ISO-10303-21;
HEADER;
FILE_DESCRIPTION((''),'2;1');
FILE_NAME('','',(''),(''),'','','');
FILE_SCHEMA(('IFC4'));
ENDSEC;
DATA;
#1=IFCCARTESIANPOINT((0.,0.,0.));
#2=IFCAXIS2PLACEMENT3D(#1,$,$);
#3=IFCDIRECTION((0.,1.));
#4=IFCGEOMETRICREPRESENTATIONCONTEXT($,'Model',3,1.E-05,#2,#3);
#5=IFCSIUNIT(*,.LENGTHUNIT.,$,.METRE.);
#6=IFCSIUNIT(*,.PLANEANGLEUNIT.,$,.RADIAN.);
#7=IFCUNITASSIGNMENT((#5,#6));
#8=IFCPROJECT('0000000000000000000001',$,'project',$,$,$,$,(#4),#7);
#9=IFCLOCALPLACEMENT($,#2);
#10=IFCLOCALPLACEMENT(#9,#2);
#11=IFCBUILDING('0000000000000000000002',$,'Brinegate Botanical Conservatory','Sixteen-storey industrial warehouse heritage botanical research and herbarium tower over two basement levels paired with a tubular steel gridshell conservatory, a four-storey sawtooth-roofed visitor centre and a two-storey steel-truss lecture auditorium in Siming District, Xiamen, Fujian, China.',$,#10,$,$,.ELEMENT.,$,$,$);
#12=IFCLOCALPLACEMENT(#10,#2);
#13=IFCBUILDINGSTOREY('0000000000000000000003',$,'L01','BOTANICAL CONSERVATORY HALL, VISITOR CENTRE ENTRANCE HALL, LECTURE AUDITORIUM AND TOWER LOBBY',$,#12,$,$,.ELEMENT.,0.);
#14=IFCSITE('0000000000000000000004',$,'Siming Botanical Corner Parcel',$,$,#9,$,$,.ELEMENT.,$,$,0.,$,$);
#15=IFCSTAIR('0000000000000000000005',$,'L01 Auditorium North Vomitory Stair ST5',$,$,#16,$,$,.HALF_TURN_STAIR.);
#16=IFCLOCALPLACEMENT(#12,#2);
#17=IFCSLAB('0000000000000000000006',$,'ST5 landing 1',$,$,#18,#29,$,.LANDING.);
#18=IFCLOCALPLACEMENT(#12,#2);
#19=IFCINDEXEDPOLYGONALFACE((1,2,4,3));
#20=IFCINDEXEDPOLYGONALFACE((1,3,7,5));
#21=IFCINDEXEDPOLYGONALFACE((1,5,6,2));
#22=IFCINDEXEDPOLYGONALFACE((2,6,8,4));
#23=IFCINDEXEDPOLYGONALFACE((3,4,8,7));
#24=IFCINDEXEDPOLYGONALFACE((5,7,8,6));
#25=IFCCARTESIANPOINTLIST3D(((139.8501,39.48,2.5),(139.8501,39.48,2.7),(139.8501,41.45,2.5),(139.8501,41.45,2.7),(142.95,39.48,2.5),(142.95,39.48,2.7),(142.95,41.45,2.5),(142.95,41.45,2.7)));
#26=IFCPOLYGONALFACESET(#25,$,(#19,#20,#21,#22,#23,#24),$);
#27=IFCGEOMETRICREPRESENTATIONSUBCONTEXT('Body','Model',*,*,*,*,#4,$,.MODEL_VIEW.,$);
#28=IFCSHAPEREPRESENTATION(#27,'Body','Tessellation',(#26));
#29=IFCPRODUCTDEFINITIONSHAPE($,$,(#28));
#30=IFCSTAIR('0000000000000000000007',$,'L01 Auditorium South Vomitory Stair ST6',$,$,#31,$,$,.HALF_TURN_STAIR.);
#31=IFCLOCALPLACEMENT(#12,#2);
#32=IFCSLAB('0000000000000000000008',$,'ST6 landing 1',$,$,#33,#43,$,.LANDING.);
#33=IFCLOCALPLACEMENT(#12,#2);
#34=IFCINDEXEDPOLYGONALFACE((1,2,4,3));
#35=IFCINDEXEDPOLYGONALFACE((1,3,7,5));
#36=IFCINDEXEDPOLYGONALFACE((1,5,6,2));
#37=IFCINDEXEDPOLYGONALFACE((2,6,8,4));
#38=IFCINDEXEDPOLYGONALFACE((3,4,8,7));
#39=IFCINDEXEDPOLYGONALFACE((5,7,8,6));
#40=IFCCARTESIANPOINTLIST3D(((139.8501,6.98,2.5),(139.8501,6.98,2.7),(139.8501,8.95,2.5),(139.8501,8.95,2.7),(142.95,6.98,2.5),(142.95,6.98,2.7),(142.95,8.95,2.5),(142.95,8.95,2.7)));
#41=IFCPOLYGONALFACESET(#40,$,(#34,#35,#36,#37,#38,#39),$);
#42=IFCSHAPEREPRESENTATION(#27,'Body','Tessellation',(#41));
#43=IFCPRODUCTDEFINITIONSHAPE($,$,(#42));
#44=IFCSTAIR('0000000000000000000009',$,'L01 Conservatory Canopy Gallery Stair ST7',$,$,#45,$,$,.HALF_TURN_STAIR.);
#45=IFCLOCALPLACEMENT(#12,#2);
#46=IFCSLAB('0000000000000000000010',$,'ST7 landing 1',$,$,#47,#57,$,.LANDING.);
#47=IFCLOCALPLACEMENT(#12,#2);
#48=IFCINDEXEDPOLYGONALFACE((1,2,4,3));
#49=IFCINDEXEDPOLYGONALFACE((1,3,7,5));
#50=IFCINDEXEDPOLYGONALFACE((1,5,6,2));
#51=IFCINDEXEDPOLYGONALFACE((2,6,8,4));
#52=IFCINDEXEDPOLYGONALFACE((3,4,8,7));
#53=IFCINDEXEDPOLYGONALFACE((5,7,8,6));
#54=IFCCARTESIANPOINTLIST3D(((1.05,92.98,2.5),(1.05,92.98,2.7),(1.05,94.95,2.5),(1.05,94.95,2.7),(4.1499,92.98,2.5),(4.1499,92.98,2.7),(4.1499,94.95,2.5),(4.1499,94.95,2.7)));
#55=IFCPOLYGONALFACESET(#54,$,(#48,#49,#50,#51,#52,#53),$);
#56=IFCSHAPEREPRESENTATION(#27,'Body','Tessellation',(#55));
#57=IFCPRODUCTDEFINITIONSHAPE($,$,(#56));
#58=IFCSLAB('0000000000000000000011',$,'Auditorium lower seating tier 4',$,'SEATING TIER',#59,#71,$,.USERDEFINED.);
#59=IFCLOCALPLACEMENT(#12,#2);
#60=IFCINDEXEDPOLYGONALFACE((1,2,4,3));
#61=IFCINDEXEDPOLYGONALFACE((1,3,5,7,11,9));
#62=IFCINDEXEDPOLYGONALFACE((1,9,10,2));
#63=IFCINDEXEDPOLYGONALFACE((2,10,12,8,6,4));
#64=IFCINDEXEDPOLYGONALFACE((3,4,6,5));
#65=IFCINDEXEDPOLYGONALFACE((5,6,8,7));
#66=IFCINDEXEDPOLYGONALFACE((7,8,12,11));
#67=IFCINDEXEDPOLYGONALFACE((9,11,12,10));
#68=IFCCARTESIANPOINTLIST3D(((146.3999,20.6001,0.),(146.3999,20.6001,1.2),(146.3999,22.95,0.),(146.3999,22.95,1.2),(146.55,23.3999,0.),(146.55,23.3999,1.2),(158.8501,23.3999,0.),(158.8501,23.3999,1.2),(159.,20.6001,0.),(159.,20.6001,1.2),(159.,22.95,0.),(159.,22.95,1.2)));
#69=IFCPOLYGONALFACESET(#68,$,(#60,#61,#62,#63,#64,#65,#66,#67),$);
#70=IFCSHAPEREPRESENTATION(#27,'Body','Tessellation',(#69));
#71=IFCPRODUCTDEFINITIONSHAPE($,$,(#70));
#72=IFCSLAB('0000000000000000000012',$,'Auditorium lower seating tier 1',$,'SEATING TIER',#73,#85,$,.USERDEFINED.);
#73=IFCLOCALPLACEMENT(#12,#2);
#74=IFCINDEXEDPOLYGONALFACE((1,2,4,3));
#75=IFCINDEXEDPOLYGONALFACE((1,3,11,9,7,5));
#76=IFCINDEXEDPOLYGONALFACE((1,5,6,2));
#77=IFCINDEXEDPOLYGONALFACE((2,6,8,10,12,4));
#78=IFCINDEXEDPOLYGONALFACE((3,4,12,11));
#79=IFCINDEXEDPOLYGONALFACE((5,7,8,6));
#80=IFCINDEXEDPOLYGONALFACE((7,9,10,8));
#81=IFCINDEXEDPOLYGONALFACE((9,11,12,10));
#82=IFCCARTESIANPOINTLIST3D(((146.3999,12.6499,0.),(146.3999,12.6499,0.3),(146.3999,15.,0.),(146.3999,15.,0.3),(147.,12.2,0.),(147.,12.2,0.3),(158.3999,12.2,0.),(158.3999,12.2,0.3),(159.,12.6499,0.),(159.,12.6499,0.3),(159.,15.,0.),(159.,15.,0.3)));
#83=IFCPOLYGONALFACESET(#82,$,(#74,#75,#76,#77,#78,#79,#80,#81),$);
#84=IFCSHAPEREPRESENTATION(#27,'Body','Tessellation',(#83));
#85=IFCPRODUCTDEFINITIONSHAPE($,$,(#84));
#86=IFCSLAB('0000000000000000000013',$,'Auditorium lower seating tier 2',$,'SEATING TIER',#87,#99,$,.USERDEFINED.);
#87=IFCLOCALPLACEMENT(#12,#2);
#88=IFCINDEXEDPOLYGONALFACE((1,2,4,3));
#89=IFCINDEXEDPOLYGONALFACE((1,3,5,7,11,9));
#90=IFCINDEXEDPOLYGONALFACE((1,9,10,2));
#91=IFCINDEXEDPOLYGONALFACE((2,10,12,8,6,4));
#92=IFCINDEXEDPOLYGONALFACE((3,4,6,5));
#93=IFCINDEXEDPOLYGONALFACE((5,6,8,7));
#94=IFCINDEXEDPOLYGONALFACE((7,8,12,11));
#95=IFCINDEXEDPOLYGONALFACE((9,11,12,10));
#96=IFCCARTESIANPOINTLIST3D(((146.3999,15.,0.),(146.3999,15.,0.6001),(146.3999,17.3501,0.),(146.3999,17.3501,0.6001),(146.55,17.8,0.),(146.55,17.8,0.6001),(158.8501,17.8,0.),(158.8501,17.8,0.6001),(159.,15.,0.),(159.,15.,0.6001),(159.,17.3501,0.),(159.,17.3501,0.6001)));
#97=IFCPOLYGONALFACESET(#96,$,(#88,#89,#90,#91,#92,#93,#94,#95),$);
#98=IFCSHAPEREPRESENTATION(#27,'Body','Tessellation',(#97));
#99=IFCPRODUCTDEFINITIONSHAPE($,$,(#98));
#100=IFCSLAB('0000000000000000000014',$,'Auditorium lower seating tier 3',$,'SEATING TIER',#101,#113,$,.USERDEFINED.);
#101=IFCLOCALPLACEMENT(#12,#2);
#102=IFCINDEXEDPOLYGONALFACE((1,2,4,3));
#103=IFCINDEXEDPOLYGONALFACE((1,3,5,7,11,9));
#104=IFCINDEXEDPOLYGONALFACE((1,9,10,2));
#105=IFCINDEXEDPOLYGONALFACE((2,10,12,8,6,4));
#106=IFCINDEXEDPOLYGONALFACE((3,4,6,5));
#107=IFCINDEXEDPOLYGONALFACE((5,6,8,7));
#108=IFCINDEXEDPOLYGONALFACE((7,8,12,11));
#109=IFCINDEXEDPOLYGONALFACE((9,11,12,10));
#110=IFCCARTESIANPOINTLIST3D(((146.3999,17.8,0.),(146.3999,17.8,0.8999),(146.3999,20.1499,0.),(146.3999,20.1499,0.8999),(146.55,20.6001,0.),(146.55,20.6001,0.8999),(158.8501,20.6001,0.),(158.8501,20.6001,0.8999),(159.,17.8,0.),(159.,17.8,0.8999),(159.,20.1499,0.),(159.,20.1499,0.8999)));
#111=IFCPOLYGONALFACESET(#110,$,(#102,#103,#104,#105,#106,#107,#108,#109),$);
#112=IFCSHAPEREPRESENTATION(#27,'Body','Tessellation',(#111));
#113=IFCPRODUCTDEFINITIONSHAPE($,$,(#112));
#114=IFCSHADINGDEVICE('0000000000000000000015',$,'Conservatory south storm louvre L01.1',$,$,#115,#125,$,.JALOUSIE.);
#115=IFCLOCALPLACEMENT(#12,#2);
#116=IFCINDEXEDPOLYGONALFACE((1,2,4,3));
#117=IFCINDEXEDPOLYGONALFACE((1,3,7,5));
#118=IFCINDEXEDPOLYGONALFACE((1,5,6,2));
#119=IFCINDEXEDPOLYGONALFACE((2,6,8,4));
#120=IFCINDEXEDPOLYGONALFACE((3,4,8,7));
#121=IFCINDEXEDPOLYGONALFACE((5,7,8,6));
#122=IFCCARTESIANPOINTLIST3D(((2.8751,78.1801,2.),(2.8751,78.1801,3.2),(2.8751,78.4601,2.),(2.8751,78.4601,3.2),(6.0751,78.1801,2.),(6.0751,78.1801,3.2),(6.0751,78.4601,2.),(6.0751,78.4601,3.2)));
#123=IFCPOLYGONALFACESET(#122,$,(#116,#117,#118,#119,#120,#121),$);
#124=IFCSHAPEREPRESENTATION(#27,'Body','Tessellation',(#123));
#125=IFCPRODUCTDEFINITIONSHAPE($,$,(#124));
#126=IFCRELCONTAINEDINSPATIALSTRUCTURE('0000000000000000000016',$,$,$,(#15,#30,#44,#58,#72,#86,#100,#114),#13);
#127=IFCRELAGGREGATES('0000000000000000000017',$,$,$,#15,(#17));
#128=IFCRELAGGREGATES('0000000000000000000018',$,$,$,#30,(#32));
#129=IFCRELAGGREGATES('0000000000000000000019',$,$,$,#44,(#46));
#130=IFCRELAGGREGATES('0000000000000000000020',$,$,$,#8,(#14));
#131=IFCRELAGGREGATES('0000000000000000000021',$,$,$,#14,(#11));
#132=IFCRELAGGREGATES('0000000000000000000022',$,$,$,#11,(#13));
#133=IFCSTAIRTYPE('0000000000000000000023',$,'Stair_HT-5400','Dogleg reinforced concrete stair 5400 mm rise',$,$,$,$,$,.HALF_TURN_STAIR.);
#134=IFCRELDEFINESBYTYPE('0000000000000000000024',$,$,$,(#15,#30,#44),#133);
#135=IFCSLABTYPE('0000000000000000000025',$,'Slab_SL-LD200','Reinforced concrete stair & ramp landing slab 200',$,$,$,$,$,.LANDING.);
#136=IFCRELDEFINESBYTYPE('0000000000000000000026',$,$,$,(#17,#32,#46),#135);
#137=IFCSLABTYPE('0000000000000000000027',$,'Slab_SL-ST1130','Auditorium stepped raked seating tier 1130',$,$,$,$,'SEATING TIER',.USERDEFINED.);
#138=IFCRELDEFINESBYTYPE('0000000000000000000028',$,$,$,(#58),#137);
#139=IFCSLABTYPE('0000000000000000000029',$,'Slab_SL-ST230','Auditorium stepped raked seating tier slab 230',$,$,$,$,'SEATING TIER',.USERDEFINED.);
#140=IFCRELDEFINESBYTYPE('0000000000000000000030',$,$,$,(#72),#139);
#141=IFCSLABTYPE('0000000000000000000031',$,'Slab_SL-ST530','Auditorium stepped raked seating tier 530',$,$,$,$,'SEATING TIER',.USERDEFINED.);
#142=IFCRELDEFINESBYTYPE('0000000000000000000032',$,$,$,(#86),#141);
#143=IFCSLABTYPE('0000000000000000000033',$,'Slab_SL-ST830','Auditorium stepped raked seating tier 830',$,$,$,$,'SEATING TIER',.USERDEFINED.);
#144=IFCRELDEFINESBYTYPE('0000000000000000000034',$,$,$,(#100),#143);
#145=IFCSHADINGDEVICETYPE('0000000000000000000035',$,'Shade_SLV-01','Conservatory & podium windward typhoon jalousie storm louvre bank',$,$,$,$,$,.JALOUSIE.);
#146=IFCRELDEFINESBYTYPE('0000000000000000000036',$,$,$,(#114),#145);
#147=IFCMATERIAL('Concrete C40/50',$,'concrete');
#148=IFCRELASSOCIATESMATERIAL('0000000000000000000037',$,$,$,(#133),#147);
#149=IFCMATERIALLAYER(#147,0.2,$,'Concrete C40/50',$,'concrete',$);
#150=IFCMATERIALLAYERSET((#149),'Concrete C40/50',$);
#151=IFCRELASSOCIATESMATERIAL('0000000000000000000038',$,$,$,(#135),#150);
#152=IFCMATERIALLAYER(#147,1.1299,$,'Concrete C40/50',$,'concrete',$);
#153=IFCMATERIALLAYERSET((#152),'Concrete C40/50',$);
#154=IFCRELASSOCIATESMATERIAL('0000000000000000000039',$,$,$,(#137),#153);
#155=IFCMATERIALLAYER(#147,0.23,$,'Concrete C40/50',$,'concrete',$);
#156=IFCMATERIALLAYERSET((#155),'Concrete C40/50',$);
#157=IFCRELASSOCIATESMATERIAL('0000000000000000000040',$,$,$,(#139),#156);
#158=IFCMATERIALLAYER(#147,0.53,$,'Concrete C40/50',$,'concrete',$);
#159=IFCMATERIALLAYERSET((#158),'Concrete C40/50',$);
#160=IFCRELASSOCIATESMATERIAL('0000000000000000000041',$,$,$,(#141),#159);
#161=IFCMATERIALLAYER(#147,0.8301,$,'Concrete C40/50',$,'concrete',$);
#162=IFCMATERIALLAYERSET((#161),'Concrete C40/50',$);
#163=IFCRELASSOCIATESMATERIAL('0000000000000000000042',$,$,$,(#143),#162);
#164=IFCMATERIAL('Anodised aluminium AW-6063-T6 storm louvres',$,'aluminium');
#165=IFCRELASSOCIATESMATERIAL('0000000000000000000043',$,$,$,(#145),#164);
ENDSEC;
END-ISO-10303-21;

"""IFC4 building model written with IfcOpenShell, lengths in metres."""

from ifc_helpers import new_model, si_unit, direction, frame, origin, origin_2d, place, context, subcontext, project, spatial, polyline, rectangle, outline, extrude, material, layer, layer_set, type_object, element, aggregate, save


model = new_model("IFC4")

# Units and contexts
model_context = context("Model", 3, precision=1e-05, world=origin(), true_north=direction((0.0, 1.0)))
body_context = subcontext(model_context, "Body", "Model", "MODEL_VIEW")
ifc_project = project(units=[si_unit("LENGTHUNIT", "METRE"), si_unit("PLANEANGLEUNIT", "RADIAN")], contexts=[model_context])

# Site, building, storey
site_placement = place(None, origin())
site = spatial("IfcSite", under=ifc_project, at=site_placement, Name="Siming Botanical Corner Parcel", CompositionType="ELEMENT", RefElevation=0.0)
building_placement = place(site_placement, origin())
building = spatial("IfcBuilding", under=site, at=building_placement, Name="Brinegate Botanical Conservatory", Description="Sixteen-storey industrial warehouse heritage botanical research and herbarium tower over two basement levels paired with a tubular steel gridshell conservatory, a four-storey sawtooth-roofed visitor centre and a two-storey steel-truss lecture auditorium in Siming District, Xiamen, Fujian, China.", CompositionType="ELEMENT")
storey_placement = place(building_placement, origin())
storey = spatial("IfcBuildingStorey", under=building, at=storey_placement, Name="L01", Description="BOTANICAL CONSERVATORY HALL, VISITOR CENTRE ENTRANCE HALL, LECTURE AUDITORIUM AND TOWER LOBBY", CompositionType="ELEMENT", Elevation=0.0)

# Shared definitions
ifc_material_1 = material(Name="Concrete C40/50", Category="concrete")

# Stairs, slabs
stair_type = type_object("IfcStairType", Name="Stair_HT-5400", Description="Dogleg reinforced concrete stair 5400 mm rise", PredefinedType="HALF_TURN_STAIR", material=ifc_material_1)
ifc_layer_1 = layer(ifc_material_1, 0.2, Name="Concrete C40/50", Category="concrete")
ifc_layer_set_1 = layer_set([ifc_layer_1], Name="Concrete C40/50")
slab_type_1 = type_object("IfcSlabType", Name="Slab_SL-LD200", Description="Reinforced concrete stair & ramp landing slab 200", PredefinedType="LANDING", material=ifc_layer_set_1)
stair_1_placement = place(storey_placement, origin())
stair_1 = element("IfcStair", 1, at=stair_1_placement, inside=storey, type_object=stair_type, Name="L01 Auditorium North Vomitory Stair ST5", PredefinedType="HALF_TURN_STAIR")
slab_1_placement = place(storey_placement, frame((0.0, 0.0, 2.5)))
slab_1 = element("IfcSlab", 2, at=slab_1_placement, type_object=slab_type_1, Name="ST5 landing 1", PredefinedType="LANDING", context=body_context, shape_type="SweptSolid", body=[
    extrude(outline(polyline([(142.95, 39.48), (142.95, 41.45), (139.8501, 41.45), (139.8501, 39.48), (142.95, 39.48)])), origin(), (0.0, 0.0, 1.0), 0.2),
])
aggregate(stair_1, [slab_1])
stair_2_placement = place(storey_placement, origin())
stair_2 = element("IfcStair", 3, at=stair_2_placement, inside=storey, type_object=stair_type, Name="L01 Auditorium South Vomitory Stair ST6", PredefinedType="HALF_TURN_STAIR")
slab_2_placement = place(storey_placement, frame((0.0, 0.0, 2.5)))
slab_2 = element("IfcSlab", 4, at=slab_2_placement, type_object=slab_type_1, Name="ST6 landing 1", PredefinedType="LANDING", context=body_context, shape_type="SweptSolid", body=[
    extrude(outline(polyline([(142.95, 6.98), (142.95, 8.95), (139.8501, 8.95), (139.8501, 6.98), (142.95, 6.98)])), origin(), (0.0, 0.0, 1.0), 0.2),
])
aggregate(stair_2, [slab_2])
stair_3_placement = place(storey_placement, origin())
stair_3 = element("IfcStair", 5, at=stair_3_placement, inside=storey, type_object=stair_type, Name="L01 Conservatory Canopy Gallery Stair ST7", PredefinedType="HALF_TURN_STAIR")
slab_3_placement = place(storey_placement, frame((0.0, 0.0, 2.5)))
slab_3 = element("IfcSlab", 6, at=slab_3_placement, type_object=slab_type_1, Name="ST7 landing 1", PredefinedType="LANDING", context=body_context, shape_type="SweptSolid", body=[
    extrude(outline(polyline([(4.1499, 92.98), (4.1499, 94.95), (1.05, 94.95), (1.05, 92.98), (4.1499, 92.98)])), origin(), (0.0, 0.0, 1.0), 0.2),
])
aggregate(stair_3, [slab_3])

# Slabs
ifc_layer_2 = layer(ifc_material_1, 1.1299, Name="Concrete C40/50", Category="concrete")
ifc_layer_set_2 = layer_set([ifc_layer_2], Name="Concrete C40/50")
slab_type_2 = type_object("IfcSlabType", Name="Slab_SL-ST1130", Description="Auditorium stepped raked seating tier 1130", ElementType="SEATING TIER", PredefinedType="USERDEFINED", material=ifc_layer_set_2)
slab_4_placement = place(storey_placement, origin())
element("IfcSlab", 7, at=slab_4_placement, inside=storey, type_object=slab_type_2, Name="Auditorium lower seating tier 4", ObjectType="SEATING TIER", PredefinedType="USERDEFINED", context=body_context, shape_type="SweptSolid", body=[
    extrude(outline(polyline([(146.3999, 20.6001), (159.0, 20.6001), (159.0, 22.95), (158.8501, 23.3999), (146.55, 23.3999), (146.3999, 22.95), (146.3999, 20.6001)])), origin(), (0.0, 0.0, 1.0), 1.2),
])
ifc_layer_3 = layer(ifc_material_1, 0.23, Name="Concrete C40/50", Category="concrete")
ifc_layer_set_3 = layer_set([ifc_layer_3], Name="Concrete C40/50")
slab_type_3 = type_object("IfcSlabType", Name="Slab_SL-ST230", Description="Auditorium stepped raked seating tier slab 230", ElementType="SEATING TIER", PredefinedType="USERDEFINED", material=ifc_layer_set_3)
slab_5_placement = place(storey_placement, origin())
element("IfcSlab", 8, at=slab_5_placement, inside=storey, type_object=slab_type_3, Name="Auditorium lower seating tier 1", ObjectType="SEATING TIER", PredefinedType="USERDEFINED", context=body_context, shape_type="SweptSolid", body=[
    extrude(outline(polyline([(147.0, 12.2), (158.3999, 12.2), (159.0, 12.6499), (159.0, 15.0), (146.3999, 15.0), (146.3999, 12.6499), (147.0, 12.2)])), origin(), (0.0, 0.0, 1.0), 0.3),
])
ifc_layer_4 = layer(ifc_material_1, 0.53, Name="Concrete C40/50", Category="concrete")
ifc_layer_set_4 = layer_set([ifc_layer_4], Name="Concrete C40/50")
slab_type_4 = type_object("IfcSlabType", Name="Slab_SL-ST530", Description="Auditorium stepped raked seating tier 530", ElementType="SEATING TIER", PredefinedType="USERDEFINED", material=ifc_layer_set_4)
slab_6_placement = place(storey_placement, origin())
element("IfcSlab", 9, at=slab_6_placement, inside=storey, type_object=slab_type_4, Name="Auditorium lower seating tier 2", ObjectType="SEATING TIER", PredefinedType="USERDEFINED", context=body_context, shape_type="SweptSolid", body=[
    extrude(outline(polyline([(146.3999, 15.0), (159.0, 15.0), (159.0, 17.3501), (158.8501, 17.8), (146.55, 17.8), (146.3999, 17.3501), (146.3999, 15.0)])), origin(), (0.0, 0.0, 1.0), 0.6001),
])
ifc_layer_5 = layer(ifc_material_1, 0.8301, Name="Concrete C40/50", Category="concrete")
ifc_layer_set_5 = layer_set([ifc_layer_5], Name="Concrete C40/50")
slab_type_5 = type_object("IfcSlabType", Name="Slab_SL-ST830", Description="Auditorium stepped raked seating tier 830", ElementType="SEATING TIER", PredefinedType="USERDEFINED", material=ifc_layer_set_5)
slab_7_placement = place(storey_placement, origin())
element("IfcSlab", 10, at=slab_7_placement, inside=storey, type_object=slab_type_5, Name="Auditorium lower seating tier 3", ObjectType="SEATING TIER", PredefinedType="USERDEFINED", context=body_context, shape_type="SweptSolid", body=[
    extrude(outline(polyline([(146.3999, 17.8), (159.0, 17.8), (159.0, 20.1499), (158.8501, 20.6001), (146.55, 20.6001), (146.3999, 20.1499), (146.3999, 17.8)])), origin(), (0.0, 0.0, 1.0), 0.8999),
])

# Shading device
ifc_material_2 = material(Name="Anodised aluminium AW-6063-T6 storm louvres", Category="aluminium")
shading_device_type = type_object("IfcShadingDeviceType", Name="Shade_SLV-01", Description="Conservatory & podium windward typhoon jalousie storm louvre bank", PredefinedType="JALOUSIE", material=ifc_material_2)
shading_device_placement = place(storey_placement, frame((4.4751, 78.3201, 2.0), z_axis=(0.0, 0.0, 1.0), x_axis=(1.0, 0.0, 0.0)))
element("IfcShadingDevice", 11, at=shading_device_placement, inside=storey, type_object=shading_device_type, Name="Conservatory south storm louvre L01.1", PredefinedType="JALOUSIE", context=body_context, shape_type="SweptSolid", body=[
    extrude(rectangle(XDim=3.2, YDim=0.28, at=origin_2d()), origin(), (0.0, 0.0, 1.0), 1.2),
])

save(model, "model.ifc")
